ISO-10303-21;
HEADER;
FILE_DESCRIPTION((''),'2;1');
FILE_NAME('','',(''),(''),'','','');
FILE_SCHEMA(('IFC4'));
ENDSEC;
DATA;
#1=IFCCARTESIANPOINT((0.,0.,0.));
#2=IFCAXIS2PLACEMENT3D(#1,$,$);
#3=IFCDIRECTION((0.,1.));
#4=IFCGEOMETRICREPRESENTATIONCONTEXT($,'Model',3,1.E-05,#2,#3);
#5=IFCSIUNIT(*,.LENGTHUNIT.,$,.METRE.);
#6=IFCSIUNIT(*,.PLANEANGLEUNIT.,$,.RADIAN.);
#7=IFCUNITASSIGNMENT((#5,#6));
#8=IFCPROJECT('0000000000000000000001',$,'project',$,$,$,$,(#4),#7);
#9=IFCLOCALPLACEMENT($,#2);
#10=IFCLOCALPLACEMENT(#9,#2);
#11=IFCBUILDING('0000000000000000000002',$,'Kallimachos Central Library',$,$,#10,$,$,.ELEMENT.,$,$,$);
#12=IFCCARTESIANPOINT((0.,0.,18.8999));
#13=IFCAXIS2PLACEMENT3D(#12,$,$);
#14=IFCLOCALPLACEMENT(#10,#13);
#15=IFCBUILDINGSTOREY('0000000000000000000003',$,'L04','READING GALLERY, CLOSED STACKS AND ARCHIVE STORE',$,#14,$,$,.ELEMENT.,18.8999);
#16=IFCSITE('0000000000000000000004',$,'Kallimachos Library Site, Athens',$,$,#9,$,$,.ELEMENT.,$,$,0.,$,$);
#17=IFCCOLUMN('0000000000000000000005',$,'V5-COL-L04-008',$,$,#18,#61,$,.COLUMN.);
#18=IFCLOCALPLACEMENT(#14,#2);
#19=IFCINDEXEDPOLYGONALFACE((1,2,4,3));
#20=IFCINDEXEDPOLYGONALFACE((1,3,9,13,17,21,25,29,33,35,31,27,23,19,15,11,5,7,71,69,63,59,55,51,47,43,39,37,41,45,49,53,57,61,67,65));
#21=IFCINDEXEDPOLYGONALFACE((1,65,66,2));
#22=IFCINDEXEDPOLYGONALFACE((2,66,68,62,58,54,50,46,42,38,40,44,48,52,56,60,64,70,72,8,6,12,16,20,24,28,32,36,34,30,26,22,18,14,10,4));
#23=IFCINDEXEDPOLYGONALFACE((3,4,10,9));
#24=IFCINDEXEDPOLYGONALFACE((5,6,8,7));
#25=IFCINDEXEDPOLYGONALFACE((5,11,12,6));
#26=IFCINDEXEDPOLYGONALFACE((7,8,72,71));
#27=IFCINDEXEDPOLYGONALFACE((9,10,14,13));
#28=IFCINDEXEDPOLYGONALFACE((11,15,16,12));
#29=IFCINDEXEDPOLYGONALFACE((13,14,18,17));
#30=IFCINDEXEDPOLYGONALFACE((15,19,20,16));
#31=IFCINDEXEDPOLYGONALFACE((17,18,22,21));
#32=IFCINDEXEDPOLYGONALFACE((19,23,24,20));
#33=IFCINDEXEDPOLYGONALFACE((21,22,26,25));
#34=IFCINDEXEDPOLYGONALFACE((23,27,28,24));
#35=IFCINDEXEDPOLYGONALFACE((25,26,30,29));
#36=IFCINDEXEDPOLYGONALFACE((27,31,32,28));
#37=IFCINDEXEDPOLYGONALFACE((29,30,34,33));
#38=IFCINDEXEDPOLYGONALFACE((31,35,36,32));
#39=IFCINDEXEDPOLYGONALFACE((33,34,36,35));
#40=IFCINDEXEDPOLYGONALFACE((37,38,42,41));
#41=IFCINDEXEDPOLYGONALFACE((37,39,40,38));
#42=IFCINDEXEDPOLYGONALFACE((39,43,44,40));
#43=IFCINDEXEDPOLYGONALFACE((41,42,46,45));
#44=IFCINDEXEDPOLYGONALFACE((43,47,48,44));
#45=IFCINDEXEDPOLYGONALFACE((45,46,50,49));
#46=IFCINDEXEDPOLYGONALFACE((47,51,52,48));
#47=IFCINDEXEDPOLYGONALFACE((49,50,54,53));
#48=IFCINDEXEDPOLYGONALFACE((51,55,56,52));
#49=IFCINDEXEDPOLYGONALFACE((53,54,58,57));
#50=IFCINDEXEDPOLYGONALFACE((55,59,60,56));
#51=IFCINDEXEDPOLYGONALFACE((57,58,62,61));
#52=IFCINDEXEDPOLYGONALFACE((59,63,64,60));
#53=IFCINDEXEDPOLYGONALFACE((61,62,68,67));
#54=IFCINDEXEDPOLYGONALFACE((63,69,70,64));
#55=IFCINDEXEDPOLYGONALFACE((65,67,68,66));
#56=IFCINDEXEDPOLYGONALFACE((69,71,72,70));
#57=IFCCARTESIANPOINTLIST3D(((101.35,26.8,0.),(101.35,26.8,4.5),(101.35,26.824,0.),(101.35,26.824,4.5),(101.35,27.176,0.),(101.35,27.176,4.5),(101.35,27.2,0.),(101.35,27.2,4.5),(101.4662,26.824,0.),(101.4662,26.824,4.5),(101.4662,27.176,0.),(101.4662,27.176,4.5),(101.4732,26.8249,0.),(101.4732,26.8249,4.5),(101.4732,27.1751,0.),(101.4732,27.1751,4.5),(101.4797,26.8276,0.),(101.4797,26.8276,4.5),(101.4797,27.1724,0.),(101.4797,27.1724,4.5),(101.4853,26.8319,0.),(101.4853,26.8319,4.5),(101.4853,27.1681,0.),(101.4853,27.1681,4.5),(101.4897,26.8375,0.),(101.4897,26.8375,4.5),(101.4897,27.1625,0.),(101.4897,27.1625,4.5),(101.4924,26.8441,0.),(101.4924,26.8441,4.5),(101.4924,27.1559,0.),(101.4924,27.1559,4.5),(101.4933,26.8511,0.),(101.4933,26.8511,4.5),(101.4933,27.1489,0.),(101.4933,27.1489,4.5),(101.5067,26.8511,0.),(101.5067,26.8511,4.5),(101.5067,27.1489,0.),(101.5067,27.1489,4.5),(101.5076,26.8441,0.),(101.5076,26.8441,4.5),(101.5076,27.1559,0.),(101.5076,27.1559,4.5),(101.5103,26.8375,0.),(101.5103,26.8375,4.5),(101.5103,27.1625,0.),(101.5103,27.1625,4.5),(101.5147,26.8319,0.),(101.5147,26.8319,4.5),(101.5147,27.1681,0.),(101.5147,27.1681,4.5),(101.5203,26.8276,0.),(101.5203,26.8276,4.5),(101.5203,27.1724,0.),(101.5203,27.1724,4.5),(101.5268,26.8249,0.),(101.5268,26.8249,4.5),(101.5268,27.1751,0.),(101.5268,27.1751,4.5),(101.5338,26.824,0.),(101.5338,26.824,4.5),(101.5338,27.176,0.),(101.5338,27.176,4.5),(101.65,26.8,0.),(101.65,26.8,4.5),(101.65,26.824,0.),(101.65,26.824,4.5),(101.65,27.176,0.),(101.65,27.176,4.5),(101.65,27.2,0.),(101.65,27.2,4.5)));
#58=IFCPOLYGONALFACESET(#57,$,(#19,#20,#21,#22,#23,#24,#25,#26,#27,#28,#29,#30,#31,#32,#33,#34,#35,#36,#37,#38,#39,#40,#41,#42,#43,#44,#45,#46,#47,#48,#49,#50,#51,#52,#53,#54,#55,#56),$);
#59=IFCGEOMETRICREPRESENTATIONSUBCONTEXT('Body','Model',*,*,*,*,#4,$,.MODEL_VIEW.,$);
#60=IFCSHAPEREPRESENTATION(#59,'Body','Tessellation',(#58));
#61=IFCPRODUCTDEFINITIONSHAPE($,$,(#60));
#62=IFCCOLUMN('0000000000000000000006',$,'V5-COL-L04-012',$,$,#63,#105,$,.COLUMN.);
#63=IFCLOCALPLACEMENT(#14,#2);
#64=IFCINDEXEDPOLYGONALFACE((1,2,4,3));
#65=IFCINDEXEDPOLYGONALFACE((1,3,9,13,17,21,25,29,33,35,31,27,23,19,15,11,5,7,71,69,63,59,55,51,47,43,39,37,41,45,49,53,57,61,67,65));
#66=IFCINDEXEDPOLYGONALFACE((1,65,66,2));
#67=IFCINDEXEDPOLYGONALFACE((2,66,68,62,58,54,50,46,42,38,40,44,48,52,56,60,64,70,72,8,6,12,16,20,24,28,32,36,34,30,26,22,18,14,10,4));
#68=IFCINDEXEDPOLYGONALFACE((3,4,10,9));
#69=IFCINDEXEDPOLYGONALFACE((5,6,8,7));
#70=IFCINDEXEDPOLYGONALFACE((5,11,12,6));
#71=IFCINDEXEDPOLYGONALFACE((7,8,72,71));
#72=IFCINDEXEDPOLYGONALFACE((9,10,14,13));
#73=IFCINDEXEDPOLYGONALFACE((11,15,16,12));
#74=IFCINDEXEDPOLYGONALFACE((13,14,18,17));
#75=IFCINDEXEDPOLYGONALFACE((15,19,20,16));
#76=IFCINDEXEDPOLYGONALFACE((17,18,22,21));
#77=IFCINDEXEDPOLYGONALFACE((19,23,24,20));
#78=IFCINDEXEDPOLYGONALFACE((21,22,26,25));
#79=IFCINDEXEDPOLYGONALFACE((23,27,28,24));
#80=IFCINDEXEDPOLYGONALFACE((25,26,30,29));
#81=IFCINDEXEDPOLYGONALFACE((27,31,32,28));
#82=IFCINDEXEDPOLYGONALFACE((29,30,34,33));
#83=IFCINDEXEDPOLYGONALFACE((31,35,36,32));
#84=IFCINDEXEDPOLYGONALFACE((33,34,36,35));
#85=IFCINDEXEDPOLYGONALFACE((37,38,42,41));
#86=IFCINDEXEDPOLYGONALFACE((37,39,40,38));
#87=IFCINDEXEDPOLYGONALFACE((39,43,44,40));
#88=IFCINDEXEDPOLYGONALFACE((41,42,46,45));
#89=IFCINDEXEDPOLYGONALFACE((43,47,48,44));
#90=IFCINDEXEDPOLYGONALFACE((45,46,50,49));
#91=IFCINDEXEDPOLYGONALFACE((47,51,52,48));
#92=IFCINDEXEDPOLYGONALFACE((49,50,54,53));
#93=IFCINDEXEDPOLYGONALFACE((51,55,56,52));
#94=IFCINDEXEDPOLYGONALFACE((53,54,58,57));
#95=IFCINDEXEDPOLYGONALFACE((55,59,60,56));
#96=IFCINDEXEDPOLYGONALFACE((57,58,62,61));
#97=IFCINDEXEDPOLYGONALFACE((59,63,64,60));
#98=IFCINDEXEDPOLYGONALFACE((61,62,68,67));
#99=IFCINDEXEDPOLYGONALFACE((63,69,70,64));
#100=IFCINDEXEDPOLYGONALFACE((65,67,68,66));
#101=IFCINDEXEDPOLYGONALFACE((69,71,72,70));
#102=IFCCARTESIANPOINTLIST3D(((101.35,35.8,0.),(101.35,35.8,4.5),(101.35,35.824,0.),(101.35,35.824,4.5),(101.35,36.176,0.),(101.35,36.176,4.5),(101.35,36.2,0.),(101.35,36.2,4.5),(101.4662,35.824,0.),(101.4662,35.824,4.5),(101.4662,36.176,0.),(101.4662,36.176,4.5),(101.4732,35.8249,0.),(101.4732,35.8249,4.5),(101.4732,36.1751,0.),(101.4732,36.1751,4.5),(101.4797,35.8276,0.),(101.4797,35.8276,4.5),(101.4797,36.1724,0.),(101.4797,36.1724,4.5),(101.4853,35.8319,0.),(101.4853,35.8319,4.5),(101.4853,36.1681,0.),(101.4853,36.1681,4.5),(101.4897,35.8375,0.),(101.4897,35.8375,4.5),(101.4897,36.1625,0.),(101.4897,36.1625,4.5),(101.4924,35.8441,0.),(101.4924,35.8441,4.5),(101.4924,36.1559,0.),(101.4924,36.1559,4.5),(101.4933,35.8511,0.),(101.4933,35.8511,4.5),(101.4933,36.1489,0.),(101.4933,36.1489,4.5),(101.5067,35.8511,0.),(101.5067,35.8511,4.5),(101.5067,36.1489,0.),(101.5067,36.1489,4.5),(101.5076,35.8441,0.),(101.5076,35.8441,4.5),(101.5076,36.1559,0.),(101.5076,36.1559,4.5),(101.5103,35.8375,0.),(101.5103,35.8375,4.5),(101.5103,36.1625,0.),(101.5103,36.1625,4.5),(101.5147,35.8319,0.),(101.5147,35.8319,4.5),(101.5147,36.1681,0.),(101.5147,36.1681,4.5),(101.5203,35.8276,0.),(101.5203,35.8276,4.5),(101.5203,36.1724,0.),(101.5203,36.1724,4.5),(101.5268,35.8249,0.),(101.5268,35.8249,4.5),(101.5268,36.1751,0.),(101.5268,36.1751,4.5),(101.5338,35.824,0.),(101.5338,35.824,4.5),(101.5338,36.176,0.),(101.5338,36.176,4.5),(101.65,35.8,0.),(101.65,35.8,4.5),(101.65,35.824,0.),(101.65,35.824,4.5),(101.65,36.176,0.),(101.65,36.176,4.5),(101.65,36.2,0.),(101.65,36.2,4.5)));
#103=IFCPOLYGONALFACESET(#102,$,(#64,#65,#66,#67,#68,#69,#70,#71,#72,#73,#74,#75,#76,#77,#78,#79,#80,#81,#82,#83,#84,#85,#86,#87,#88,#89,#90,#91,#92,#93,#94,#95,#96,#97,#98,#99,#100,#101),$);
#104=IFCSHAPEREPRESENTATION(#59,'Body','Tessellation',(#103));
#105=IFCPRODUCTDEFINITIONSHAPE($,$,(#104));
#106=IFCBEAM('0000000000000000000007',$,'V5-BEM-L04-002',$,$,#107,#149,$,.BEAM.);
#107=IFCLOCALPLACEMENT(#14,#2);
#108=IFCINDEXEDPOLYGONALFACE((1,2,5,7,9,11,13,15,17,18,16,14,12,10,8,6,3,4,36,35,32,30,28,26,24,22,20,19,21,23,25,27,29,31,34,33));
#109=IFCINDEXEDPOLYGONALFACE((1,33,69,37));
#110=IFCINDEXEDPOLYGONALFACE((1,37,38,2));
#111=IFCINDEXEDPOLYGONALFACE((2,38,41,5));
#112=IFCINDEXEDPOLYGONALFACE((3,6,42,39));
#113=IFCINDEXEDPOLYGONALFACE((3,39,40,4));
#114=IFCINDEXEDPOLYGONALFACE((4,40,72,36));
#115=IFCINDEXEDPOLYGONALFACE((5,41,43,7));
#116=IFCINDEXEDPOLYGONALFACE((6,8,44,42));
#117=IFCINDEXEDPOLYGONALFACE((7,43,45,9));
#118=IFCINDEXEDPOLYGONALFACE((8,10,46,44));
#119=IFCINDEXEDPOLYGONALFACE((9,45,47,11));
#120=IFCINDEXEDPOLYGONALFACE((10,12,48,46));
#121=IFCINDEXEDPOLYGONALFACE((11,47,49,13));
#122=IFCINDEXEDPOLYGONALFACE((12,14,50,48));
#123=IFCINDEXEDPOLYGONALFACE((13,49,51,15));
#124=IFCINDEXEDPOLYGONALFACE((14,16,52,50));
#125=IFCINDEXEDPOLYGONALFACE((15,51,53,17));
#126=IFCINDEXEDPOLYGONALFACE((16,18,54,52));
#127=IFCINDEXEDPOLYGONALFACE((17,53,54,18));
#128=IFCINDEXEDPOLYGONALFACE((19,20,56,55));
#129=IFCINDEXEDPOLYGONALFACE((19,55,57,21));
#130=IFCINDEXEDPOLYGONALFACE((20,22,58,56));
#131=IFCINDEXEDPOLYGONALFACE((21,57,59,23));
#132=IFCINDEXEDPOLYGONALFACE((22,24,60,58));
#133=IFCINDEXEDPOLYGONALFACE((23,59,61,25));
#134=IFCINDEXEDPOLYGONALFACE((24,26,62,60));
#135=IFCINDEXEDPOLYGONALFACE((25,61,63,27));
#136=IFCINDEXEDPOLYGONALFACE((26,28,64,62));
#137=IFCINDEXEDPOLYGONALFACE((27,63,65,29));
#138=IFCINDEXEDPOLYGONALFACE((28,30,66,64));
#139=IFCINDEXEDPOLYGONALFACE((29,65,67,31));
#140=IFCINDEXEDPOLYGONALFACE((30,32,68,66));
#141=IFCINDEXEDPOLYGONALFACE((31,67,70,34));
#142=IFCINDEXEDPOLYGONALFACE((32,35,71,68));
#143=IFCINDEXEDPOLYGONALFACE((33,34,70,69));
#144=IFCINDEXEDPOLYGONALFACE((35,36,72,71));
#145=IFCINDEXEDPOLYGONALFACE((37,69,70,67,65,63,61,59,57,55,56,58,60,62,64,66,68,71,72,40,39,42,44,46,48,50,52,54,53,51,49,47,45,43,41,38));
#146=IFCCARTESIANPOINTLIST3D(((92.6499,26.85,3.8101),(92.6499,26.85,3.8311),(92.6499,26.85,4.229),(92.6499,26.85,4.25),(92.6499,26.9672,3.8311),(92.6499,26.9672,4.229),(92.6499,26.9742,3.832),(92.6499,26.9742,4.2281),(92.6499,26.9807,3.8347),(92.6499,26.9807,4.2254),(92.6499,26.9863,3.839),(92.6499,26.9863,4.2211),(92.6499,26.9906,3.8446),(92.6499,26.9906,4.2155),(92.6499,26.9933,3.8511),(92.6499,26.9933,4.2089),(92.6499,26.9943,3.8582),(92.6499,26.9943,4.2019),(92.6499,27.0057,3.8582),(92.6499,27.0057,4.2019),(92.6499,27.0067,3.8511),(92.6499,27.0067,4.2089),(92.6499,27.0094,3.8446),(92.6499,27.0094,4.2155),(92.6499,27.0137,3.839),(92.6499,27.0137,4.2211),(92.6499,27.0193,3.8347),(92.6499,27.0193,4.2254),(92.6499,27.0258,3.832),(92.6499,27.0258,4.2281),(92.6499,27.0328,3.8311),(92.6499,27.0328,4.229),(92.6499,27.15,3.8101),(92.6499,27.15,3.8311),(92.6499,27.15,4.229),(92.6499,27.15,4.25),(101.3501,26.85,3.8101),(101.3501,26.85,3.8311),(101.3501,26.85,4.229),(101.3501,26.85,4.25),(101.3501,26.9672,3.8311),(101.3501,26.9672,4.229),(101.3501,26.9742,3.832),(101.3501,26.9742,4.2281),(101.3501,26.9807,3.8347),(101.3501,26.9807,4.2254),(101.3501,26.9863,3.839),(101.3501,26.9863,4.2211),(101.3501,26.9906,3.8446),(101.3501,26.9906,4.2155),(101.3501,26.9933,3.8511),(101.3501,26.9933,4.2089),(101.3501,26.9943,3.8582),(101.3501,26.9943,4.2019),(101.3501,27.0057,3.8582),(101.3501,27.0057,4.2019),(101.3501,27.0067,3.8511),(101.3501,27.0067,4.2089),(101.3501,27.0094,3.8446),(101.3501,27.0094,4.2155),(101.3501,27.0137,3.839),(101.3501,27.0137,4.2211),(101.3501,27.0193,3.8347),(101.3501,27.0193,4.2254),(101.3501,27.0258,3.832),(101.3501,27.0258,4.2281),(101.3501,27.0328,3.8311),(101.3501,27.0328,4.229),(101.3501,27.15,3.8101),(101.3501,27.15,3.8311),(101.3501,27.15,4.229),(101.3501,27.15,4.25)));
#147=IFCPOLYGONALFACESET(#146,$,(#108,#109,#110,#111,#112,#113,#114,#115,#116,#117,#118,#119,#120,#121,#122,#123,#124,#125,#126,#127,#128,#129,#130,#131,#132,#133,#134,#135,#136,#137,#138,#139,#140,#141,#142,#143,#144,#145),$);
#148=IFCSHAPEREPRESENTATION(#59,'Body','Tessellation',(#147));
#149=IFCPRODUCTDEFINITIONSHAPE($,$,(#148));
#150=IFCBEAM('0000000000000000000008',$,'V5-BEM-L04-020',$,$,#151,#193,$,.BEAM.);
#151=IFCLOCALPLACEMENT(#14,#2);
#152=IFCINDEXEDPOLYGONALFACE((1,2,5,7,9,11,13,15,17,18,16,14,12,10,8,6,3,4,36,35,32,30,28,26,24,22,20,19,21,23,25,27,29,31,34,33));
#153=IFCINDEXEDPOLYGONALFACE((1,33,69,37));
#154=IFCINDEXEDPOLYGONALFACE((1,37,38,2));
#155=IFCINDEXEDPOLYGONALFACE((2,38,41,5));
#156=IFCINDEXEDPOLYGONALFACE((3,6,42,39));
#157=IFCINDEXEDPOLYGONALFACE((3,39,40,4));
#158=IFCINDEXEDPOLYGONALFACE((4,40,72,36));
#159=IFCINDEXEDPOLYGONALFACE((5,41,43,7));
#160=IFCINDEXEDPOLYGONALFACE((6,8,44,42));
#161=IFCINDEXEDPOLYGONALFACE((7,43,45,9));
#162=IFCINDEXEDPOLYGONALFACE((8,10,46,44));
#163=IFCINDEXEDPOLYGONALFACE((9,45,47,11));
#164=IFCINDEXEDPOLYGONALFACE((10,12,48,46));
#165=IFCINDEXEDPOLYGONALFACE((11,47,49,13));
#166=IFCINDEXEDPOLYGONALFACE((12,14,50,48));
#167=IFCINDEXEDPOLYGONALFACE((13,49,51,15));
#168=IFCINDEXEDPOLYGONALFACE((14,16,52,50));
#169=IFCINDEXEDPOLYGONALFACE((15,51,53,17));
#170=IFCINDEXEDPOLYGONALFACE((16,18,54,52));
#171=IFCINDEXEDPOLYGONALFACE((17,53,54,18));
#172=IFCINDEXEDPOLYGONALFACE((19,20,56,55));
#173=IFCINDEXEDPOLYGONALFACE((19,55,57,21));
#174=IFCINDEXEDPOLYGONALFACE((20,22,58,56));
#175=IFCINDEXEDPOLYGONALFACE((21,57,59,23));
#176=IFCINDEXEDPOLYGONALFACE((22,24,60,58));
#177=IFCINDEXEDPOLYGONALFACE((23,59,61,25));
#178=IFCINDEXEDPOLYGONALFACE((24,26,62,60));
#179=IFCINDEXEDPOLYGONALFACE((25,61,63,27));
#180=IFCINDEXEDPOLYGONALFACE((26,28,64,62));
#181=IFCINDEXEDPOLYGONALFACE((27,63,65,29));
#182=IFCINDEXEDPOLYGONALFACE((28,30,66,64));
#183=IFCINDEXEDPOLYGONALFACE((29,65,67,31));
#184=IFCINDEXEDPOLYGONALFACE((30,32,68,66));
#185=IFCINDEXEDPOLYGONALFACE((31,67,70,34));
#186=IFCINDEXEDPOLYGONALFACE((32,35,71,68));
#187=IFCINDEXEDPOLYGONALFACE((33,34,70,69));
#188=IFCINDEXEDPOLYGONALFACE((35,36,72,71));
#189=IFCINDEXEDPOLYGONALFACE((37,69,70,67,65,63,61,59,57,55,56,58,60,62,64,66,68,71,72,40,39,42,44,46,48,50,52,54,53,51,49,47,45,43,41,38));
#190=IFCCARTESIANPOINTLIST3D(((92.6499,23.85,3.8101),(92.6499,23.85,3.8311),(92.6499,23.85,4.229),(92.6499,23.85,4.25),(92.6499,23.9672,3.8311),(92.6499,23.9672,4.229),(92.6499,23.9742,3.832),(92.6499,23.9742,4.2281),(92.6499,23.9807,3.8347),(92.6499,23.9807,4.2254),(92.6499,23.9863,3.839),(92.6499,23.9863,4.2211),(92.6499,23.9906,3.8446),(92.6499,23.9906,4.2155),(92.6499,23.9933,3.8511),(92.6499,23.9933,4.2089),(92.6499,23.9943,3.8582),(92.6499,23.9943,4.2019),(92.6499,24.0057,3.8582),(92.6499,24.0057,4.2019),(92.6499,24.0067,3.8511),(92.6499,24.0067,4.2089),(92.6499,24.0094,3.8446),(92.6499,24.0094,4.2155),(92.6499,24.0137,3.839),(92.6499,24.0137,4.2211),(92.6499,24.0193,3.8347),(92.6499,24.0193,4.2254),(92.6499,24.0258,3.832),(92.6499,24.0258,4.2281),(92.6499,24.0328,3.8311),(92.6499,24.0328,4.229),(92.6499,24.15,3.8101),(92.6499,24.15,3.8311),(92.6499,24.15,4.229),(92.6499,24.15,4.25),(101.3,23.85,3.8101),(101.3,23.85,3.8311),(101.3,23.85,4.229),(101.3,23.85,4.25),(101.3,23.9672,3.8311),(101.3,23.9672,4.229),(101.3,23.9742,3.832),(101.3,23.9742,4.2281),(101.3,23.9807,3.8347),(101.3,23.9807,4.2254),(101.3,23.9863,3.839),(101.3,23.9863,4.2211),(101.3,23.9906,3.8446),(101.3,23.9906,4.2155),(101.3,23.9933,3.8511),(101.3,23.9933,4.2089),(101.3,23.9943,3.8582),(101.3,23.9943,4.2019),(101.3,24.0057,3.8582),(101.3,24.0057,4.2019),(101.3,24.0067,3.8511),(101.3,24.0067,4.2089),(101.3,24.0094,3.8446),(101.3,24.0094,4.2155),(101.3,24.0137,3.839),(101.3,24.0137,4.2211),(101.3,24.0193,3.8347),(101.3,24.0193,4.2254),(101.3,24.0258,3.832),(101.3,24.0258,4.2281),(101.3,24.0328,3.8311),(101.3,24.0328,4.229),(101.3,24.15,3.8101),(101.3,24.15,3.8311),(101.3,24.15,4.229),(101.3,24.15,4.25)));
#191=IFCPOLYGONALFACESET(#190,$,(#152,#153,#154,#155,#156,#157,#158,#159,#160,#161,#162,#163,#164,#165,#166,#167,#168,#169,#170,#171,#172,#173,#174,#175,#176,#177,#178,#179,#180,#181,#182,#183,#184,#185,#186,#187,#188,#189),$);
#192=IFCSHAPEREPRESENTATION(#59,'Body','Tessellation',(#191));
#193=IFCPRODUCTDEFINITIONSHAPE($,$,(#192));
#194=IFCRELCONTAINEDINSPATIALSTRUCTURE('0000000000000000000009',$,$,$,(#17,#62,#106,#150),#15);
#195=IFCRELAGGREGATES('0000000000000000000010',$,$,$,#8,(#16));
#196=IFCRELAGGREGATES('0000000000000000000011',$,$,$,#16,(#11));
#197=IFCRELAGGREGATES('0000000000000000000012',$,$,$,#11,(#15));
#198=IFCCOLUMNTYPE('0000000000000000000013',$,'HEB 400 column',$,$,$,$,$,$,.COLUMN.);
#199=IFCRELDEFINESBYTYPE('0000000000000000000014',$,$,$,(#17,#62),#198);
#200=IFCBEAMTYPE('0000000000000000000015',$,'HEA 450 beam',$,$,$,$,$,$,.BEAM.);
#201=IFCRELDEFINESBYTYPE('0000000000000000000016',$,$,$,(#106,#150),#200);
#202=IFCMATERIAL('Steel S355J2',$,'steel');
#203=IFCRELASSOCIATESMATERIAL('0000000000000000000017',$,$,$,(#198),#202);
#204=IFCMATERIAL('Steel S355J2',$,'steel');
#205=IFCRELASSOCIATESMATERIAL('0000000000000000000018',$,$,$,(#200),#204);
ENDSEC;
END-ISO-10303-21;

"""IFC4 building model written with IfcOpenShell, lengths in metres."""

from ifc_helpers import new_model, si_unit, direction, frame, origin, origin_2d, place, context, subcontext, project, spatial, i_section, extrude, material, material_profile, profile_set, type_object, element, save


model = new_model("IFC4")

# Units and contexts
model_context = context("Model", 3, precision=1e-05, world=origin(), true_north=direction((0.0, 1.0)))
body_context = subcontext(model_context, "Body", "Model", "MODEL_VIEW")
ifc_project = project(units=[si_unit("LENGTHUNIT", "METRE"), si_unit("PLANEANGLEUNIT", "RADIAN")], contexts=[model_context])

# Site, building, storey
site_placement = place(None, origin())
site = spatial("IfcSite", under=ifc_project, at=site_placement, Name="Kallimachos Library Site, Athens", CompositionType="ELEMENT", RefElevation=0.0)
building_placement = place(site_placement, origin())
building = spatial("IfcBuilding", under=site, at=building_placement, Name="Kallimachos Central Library", CompositionType="ELEMENT")
storey_placement = place(building_placement, frame((0.0, 0.0, 18.8999)))
storey = spatial("IfcBuildingStorey", under=building, at=storey_placement, Name="L04", Description="READING GALLERY, CLOSED STACKS AND ARCHIVE STORE", CompositionType="ELEMENT", Elevation=18.8999)

# Columns
ifc_material_1 = material(Name="Steel S355J2", Category="steel")
ifc_material_profile_1 = material_profile(ifc_material_1, i_section(OverallWidth=0.3, OverallDepth=0.3999, WebThickness=0.0134, FlangeThickness=0.0239, FilletRadius=0.0271, at=origin_2d()), Name="HEB 400")
ifc_profile_set_1 = profile_set([ifc_material_profile_1], Name="Steel S355J2")
column_type = type_object("IfcColumnType", Name="HEB 400 column", PredefinedType="COLUMN", material=ifc_profile_set_1)
for number, where, z_axis, x_axis, name in (
    (1, (101.5, 27.0, 0.0), (0.0, 0.0, 1.0), (1.0, 0.0, 0.0), "V5-COL-L04-008"),
    (2, (101.5, 36.0, 0.0), (0.0, 0.0, 1.0), (1.0, 0.0, 0.0), "V5-COL-L04-012"),
):
    element("IfcColumn", number, at=place(storey_placement, frame(where, z_axis=z_axis, x_axis=x_axis)), inside=storey, type_object=column_type, Name=name, PredefinedType="COLUMN", context=body_context, shape_type="SweptSolid", body=[
        extrude(i_section(OverallWidth=0.3, OverallDepth=0.3999, WebThickness=0.0134, FlangeThickness=0.0239, FilletRadius=0.0271, at=origin_2d()), origin(), (0.0, 0.0, 1.0), 4.5),
    ])

# Beams
ifc_material_2 = material(Name="Steel S355J2", Category="steel")
ifc_material_profile_2 = material_profile(ifc_material_2, i_section(OverallWidth=0.3, OverallDepth=0.4399, WebThickness=0.0115, FlangeThickness=0.021, FilletRadius=0.0271, at=origin_2d()), Name="HEA 450")
ifc_profile_set_2 = profile_set([ifc_material_profile_2], Name="Steel S355J2")
beam_type = type_object("IfcBeamType", Name="HEA 450 beam", PredefinedType="BEAM", material=ifc_profile_set_2)
beam_placement = place(storey_placement, frame((92.6499, 27.0, 4.03), z_axis=(1.0, 0.0, 0.0), x_axis=(0.0, 1.0, 0.0)))
element("IfcBeam", 3, at=beam_placement, inside=storey, type_object=beam_type, Name="V5-BEM-L04-002", PredefinedType="BEAM", context=body_context, shape_type="SweptSolid", body=[
    extrude(i_section(OverallWidth=0.3, OverallDepth=0.4399, WebThickness=0.0115, FlangeThickness=0.021, FilletRadius=0.0271, at=origin_2d()), origin(), (0.0, 0.0, 1.0), 8.7002),
])
for number, where, z_axis, x_axis, name in (
    (4, (92.6499, 24.0, 4.03), (1.0, 0.0, 0.0), (0.0, 1.0, 0.0), "V5-BEM-L04-020"),
):
    element("IfcBeam", number, at=place(storey_placement, frame(where, z_axis=z_axis, x_axis=x_axis)), inside=storey, type_object=beam_type, Name=name, PredefinedType="BEAM", context=body_context, shape_type="SweptSolid", body=[
        extrude(i_section(OverallWidth=0.3, OverallDepth=0.4399, WebThickness=0.0115, FlangeThickness=0.021, FilletRadius=0.0271, at=origin_2d()), origin(), (0.0, 0.0, 1.0), 8.6501),
    ])

save(model, "model.ifc")
